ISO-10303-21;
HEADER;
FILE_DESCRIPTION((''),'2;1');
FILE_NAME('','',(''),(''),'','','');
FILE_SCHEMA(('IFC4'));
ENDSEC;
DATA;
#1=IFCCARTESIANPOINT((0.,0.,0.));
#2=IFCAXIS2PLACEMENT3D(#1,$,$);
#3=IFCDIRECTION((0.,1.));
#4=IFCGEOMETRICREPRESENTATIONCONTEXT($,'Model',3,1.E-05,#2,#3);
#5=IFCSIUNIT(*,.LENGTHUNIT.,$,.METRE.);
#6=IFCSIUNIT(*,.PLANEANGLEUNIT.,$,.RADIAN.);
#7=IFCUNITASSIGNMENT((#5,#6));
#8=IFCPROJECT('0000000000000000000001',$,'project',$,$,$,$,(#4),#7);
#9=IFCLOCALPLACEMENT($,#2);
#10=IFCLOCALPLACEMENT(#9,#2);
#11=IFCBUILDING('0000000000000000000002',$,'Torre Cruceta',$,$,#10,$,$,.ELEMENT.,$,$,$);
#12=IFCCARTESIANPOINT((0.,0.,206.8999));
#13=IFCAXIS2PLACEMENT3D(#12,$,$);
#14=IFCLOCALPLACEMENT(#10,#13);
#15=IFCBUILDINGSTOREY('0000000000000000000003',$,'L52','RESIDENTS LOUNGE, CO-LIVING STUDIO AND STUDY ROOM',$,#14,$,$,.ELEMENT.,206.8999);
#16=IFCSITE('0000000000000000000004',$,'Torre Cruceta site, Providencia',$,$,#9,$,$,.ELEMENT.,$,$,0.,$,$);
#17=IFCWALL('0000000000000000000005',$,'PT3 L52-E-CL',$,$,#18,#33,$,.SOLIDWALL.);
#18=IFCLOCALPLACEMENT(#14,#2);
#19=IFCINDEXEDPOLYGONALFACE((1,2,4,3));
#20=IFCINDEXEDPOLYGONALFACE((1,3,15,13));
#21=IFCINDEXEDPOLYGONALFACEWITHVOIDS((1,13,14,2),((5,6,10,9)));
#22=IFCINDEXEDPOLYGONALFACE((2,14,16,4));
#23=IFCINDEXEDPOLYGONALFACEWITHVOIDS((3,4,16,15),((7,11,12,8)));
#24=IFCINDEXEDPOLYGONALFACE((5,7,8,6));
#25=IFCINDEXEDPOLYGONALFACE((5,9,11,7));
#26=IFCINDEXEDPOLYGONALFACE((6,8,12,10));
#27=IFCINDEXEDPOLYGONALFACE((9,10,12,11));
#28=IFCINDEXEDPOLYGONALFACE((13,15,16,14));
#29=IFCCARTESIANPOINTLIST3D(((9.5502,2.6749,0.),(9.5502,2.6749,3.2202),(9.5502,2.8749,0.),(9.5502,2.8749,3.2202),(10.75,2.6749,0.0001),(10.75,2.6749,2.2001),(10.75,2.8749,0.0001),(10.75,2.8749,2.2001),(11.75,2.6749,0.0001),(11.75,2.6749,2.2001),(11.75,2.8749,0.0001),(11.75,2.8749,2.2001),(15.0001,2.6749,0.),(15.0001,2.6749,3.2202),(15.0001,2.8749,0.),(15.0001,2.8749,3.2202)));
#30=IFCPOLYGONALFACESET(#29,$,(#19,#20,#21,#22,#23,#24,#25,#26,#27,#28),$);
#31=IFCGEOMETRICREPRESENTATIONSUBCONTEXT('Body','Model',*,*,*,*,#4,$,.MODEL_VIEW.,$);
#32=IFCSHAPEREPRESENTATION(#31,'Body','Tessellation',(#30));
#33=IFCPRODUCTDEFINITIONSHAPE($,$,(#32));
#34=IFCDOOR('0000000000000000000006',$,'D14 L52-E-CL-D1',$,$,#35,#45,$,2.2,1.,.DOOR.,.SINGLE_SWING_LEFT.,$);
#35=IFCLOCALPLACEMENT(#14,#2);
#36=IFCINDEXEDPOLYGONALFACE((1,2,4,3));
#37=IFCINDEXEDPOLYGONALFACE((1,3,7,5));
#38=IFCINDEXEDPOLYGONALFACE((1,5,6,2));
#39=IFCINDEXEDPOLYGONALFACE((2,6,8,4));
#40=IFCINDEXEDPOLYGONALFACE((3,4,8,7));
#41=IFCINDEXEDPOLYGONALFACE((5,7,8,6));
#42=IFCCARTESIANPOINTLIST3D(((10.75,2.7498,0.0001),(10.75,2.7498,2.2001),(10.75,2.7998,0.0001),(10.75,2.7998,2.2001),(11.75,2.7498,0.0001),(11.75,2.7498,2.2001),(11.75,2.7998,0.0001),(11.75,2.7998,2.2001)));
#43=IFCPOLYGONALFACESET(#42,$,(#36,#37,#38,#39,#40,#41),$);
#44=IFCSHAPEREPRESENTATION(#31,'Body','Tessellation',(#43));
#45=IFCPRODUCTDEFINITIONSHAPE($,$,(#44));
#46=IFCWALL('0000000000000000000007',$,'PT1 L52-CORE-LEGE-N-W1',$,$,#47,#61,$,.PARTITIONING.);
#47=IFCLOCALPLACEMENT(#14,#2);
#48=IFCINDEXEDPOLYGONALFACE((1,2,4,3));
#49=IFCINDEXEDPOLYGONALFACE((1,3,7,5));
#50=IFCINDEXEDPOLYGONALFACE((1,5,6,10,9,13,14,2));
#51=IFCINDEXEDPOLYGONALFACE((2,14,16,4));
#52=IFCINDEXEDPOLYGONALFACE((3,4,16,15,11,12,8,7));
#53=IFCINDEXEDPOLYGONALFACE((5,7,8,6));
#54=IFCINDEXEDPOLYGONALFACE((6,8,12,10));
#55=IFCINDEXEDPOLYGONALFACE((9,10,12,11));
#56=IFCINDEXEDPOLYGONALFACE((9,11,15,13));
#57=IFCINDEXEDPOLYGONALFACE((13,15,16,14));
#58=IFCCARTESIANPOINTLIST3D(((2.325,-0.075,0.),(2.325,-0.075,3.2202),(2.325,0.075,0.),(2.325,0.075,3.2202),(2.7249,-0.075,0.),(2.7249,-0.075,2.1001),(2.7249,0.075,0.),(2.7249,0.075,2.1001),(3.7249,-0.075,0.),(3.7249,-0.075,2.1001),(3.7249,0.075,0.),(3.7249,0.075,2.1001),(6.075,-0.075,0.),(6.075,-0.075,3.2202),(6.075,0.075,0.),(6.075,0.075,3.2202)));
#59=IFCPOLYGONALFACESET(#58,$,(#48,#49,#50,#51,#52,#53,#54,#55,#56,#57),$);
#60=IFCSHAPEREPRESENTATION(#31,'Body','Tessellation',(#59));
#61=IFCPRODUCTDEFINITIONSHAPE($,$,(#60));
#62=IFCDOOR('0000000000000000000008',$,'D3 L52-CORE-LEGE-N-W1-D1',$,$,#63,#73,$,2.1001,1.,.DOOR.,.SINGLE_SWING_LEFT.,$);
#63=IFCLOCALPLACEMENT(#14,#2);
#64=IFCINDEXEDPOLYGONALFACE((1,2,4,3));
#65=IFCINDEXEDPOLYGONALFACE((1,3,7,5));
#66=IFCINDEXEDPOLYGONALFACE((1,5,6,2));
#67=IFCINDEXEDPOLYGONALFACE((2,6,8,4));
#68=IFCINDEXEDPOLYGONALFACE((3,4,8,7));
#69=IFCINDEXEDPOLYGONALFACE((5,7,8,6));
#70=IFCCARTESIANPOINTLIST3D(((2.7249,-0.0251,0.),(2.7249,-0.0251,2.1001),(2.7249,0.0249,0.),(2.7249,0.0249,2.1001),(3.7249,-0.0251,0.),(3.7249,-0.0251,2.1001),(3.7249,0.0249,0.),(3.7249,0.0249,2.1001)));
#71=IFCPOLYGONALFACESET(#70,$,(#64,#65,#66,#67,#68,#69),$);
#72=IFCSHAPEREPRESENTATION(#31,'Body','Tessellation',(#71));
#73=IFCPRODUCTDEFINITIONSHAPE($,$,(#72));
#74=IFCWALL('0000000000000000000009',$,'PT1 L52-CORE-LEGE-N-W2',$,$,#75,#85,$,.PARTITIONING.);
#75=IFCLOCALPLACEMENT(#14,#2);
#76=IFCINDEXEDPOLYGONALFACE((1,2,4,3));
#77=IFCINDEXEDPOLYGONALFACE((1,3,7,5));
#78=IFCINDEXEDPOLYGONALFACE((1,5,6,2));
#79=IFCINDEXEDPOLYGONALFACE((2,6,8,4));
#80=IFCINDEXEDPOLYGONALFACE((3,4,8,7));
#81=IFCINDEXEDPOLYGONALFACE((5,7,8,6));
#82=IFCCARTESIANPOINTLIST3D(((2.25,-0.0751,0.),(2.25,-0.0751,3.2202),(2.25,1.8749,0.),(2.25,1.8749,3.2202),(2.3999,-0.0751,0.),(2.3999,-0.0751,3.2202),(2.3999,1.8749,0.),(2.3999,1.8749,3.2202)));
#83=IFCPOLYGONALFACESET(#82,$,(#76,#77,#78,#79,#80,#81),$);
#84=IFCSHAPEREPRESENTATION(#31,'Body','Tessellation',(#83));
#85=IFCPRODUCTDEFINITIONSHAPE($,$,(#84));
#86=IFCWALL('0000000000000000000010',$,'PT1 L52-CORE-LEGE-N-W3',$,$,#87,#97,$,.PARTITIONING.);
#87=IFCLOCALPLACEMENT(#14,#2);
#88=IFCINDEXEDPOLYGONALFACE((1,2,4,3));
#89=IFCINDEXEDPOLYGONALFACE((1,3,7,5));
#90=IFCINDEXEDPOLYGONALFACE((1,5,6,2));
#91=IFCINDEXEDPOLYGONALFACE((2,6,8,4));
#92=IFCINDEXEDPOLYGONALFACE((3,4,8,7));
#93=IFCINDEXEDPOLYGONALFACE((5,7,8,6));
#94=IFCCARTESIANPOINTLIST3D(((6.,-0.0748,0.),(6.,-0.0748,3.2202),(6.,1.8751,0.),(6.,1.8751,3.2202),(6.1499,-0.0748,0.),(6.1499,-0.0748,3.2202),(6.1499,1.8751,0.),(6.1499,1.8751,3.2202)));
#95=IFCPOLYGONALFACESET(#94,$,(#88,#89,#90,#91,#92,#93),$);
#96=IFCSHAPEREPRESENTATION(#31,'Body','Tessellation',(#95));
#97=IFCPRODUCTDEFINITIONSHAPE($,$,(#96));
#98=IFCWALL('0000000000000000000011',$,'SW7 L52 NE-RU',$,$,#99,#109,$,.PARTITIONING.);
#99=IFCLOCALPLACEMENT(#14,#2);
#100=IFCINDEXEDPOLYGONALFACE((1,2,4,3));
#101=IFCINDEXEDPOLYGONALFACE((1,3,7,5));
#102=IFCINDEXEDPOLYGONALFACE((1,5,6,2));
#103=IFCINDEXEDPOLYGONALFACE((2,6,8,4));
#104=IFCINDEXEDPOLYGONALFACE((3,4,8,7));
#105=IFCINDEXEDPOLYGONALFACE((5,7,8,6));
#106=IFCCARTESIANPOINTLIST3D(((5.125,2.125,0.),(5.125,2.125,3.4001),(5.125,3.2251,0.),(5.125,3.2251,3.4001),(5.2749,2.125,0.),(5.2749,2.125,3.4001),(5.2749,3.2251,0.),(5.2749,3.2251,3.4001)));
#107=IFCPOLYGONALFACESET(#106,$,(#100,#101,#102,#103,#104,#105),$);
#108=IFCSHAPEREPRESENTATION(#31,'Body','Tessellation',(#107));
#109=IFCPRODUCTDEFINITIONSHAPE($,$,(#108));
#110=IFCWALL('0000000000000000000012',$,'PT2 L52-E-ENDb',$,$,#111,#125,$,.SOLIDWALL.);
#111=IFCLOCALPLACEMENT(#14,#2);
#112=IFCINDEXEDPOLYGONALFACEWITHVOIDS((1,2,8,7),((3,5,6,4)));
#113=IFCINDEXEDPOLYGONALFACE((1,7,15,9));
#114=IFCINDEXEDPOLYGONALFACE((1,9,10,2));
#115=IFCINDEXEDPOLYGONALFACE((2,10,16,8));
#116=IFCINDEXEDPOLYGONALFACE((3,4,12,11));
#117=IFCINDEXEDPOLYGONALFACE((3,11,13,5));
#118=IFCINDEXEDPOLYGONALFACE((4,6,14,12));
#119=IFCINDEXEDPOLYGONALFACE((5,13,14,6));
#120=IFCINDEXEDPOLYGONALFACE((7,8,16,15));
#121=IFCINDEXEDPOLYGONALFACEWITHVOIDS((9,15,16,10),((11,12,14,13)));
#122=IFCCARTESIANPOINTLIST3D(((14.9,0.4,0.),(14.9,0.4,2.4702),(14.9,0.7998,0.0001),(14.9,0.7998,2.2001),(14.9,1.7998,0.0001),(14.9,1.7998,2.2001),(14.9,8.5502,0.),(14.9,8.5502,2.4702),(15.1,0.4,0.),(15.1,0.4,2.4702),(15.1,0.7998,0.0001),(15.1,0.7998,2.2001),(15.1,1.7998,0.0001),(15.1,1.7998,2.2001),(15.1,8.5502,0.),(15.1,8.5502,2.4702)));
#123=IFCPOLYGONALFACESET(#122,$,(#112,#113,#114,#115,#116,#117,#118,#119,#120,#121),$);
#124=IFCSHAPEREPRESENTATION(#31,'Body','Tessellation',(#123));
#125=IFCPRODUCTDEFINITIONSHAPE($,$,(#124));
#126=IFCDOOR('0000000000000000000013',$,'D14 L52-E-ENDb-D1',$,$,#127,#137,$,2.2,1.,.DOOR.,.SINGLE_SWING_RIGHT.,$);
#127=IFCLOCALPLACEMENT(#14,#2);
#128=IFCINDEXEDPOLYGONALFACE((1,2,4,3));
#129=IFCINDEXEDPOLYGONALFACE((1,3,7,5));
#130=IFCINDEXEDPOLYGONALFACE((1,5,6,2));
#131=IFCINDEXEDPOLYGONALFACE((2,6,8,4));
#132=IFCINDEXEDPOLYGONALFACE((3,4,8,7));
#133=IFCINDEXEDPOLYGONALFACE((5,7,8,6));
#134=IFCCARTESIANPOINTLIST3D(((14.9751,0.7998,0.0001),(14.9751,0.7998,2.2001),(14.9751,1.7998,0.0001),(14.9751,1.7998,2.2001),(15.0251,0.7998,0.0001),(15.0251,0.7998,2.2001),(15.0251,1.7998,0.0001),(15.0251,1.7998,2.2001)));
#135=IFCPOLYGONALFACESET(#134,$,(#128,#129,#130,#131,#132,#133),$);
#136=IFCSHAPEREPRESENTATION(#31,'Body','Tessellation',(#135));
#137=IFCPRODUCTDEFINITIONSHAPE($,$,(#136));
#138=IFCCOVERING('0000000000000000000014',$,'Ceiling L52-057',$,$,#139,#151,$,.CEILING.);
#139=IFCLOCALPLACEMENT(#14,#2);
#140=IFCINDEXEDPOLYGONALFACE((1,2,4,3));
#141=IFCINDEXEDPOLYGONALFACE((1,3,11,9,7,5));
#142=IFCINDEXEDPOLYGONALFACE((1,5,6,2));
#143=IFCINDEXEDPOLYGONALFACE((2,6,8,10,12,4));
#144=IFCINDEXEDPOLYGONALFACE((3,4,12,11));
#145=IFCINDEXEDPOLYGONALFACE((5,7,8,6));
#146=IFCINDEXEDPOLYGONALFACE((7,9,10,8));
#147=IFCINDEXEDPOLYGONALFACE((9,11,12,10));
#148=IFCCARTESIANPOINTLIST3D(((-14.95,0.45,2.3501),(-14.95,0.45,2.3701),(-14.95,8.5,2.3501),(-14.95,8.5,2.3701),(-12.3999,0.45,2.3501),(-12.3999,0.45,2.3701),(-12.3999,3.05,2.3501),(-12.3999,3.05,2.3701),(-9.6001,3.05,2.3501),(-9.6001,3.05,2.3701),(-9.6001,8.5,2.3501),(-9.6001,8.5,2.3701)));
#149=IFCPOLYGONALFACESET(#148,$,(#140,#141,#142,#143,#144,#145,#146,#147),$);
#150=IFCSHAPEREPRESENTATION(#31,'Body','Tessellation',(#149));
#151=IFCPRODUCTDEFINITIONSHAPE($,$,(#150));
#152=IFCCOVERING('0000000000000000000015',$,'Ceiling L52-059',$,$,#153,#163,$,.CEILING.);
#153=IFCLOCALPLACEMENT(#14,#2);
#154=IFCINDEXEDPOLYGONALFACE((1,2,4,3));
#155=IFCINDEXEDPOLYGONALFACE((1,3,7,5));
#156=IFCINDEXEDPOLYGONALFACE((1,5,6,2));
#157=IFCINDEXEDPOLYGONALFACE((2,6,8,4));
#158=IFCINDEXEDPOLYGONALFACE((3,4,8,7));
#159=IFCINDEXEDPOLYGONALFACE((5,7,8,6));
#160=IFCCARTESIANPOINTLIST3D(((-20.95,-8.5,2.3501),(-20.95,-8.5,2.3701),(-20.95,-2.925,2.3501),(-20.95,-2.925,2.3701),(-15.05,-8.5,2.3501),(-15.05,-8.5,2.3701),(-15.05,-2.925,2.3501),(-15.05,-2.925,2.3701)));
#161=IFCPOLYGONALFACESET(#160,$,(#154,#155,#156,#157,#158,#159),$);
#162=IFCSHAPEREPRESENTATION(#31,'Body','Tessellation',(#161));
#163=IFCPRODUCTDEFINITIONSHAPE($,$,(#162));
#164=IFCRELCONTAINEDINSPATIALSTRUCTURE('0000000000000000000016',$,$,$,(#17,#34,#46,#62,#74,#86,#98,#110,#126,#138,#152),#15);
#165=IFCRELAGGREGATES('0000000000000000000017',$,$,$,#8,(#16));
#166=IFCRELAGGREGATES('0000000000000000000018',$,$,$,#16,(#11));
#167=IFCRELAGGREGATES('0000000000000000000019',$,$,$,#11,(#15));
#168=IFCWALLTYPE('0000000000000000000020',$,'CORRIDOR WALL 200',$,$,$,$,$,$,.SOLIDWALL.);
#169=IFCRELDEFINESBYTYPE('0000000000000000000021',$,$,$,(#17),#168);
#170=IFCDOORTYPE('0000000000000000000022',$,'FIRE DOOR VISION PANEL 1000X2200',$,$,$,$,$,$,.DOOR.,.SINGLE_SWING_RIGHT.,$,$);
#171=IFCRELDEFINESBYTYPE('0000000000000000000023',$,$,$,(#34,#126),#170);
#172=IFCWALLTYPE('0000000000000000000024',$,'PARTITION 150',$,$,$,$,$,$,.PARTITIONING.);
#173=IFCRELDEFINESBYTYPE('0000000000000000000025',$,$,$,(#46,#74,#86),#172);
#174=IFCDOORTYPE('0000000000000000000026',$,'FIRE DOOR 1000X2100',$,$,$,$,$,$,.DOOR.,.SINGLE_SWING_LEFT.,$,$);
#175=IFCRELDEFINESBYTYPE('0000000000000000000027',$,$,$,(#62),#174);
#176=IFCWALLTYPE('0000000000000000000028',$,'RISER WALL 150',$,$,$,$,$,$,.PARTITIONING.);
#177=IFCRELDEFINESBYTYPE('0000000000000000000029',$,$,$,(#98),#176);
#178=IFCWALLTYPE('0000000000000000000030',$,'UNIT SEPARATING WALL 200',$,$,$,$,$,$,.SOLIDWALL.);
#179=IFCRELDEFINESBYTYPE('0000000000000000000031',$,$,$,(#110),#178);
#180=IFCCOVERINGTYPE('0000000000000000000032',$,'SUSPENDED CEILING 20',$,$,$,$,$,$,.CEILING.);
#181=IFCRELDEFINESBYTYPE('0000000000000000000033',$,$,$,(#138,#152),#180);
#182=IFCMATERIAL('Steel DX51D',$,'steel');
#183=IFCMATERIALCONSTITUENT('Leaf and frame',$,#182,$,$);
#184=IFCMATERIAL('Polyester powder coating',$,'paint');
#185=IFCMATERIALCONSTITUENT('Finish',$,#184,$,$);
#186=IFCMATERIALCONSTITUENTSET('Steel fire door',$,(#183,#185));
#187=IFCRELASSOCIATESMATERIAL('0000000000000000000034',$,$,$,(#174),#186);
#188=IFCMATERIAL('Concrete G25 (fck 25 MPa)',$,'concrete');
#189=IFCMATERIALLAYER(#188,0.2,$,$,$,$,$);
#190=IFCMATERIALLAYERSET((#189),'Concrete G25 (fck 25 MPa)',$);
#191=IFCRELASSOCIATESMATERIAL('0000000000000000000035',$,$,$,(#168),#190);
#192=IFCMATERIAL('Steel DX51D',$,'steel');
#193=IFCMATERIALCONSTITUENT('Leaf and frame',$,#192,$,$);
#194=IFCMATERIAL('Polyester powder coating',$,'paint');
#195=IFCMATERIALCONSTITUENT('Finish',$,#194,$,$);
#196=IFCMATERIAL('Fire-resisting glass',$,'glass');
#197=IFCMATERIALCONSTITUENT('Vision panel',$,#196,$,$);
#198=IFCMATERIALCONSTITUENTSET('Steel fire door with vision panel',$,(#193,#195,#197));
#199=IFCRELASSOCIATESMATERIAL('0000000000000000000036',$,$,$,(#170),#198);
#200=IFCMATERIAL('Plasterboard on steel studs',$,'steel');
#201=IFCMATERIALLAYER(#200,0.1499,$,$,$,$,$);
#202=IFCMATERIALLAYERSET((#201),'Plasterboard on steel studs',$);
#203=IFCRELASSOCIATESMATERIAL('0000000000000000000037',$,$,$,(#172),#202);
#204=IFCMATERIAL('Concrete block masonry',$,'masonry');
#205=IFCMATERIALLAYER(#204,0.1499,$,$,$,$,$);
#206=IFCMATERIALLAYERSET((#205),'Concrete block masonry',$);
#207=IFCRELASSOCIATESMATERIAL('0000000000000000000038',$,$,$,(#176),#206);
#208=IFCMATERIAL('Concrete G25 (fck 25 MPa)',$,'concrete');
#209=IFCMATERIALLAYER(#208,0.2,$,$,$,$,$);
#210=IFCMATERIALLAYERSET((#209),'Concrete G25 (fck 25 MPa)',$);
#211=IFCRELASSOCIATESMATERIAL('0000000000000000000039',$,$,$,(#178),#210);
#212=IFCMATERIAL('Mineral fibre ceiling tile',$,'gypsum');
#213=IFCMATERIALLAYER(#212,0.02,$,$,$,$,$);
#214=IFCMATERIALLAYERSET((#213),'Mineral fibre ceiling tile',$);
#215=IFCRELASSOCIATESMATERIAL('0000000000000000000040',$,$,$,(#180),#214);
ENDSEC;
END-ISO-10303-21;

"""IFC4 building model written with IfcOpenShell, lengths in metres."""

from ifc_helpers import new_model, si_unit, direction, frame, frame_2d, origin, place, context, subcontext, project, spatial, polyline, rectangle, outline, extrude, material, layer, layer_set, constituent, constituent_set, type_object, element, fill, save


model = new_model("IFC4")

# Units and contexts
model_context = context("Model", 3, precision=1e-05, world=origin(), true_north=direction((0.0, 1.0)))
body_context = subcontext(model_context, "Body", "Model", "MODEL_VIEW")
ifc_project = project(units=[si_unit("LENGTHUNIT", "METRE"), si_unit("PLANEANGLEUNIT", "RADIAN")], contexts=[model_context])

# Site, building, storey
site_placement = place(None, origin())
site = spatial("IfcSite", under=ifc_project, at=site_placement, Name="Torre Cruceta site, Providencia", CompositionType="ELEMENT", RefElevation=0.0)
building_placement = place(site_placement, origin())
building = spatial("IfcBuilding", under=site, at=building_placement, Name="Torre Cruceta", CompositionType="ELEMENT")
storey_placement = place(building_placement, frame((0.0, 0.0, 206.8999)))
storey = spatial("IfcBuildingStorey", under=building, at=storey_placement, Name="L52", Description="RESIDENTS LOUNGE, CO-LIVING STUDIO AND STUDY ROOM", CompositionType="ELEMENT", Elevation=206.8999)

# Shared definitions
ifc_material_1 = material(Name="Steel DX51D", Category="steel")
ifc_constituent_1 = constituent(ifc_material_1, Name="Leaf and frame")
ifc_material_2 = material(Name="Polyester powder coating", Category="paint")
ifc_constituent_2 = constituent(ifc_material_2, Name="Finish")
ifc_constituent_set_1 = constituent_set(constituents=[ifc_constituent_1, ifc_constituent_2], Name="Steel fire door")
door_type_1 = type_object("IfcDoorType", Name="FIRE DOOR 1000X2100", OperationType="SINGLE_SWING_LEFT", PredefinedType="DOOR", material=ifc_constituent_set_1)

# Walls, openings, doors
ifc_material_3 = material(Name="Concrete G25 (fck 25 MPa)", Category="concrete")
ifc_layer_1 = layer(ifc_material_3, 0.2)
ifc_layer_set_1 = layer_set([ifc_layer_1], Name="Concrete G25 (fck 25 MPa)")
wall_type_1 = type_object("IfcWallType", Name="CORRIDOR WALL 200", PredefinedType="SOLIDWALL", material=ifc_layer_set_1)
wall_1_placement = place(storey_placement, frame((9.55, 2.7749, 0.0), z_axis=(0.0, 0.0, 1.0), x_axis=(1.0, 0.0, 0.0)))
wall_1 = element("IfcWall", 1, at=wall_1_placement, inside=storey, type_object=wall_type_1, Name="PT3 L52-E-CL", PredefinedType="SOLIDWALL", context=body_context, shape_type="SweptSolid", body=[
    extrude(rectangle(XDim=5.45, YDim=0.2, at=frame_2d((2.7251, 0.0))), origin(), (0.0, 0.0, 1.0), 3.2202),
])
opening_1_placement = place(wall_1_placement, frame((1.2, 0.0, 0.0)))
opening_1 = element("IfcOpeningElement", 2, at=opening_1_placement, cuts=wall_1, PredefinedType="OPENING", context=body_context, shape_type="SweptSolid", body=[
    extrude(rectangle(XDim=1.0, YDim=2.2, at=frame_2d((0.5, 1.1001))), frame((0.0, 0.1099, 0.0), z_axis=(0.0, -1.0, 0.0), x_axis=(1.0, 0.0, 0.0)), (0.0, 0.0, 1.0), 0.22),
])
ifc_material_4 = material(Name="Steel DX51D", Category="steel")
ifc_constituent_3 = constituent(ifc_material_4, Name="Leaf and frame")
ifc_material_5 = material(Name="Polyester powder coating", Category="paint")
ifc_constituent_4 = constituent(ifc_material_5, Name="Finish")
ifc_material_6 = material(Name="Fire-resisting glass", Category="glass")
ifc_constituent_5 = constituent(ifc_material_6, Name="Vision panel")
ifc_constituent_set_2 = constituent_set(constituents=[ifc_constituent_3, ifc_constituent_4, ifc_constituent_5], Name="Steel fire door with vision panel")
door_type_2 = type_object("IfcDoorType", Name="FIRE DOOR VISION PANEL 1000X2200", OperationType="SINGLE_SWING_RIGHT", PredefinedType="DOOR", material=ifc_constituent_set_2)
door_1_placement = place(opening_1_placement, origin())
door_1 = element("IfcDoor", 3, at=door_1_placement, inside=storey, type_object=door_type_2, Name="D14 L52-E-CL-D1", OperationType="SINGLE_SWING_LEFT", OverallHeight=2.2, OverallWidth=1.0, PredefinedType="DOOR", context=body_context, shape_type="SweptSolid", body=[
    extrude(rectangle(XDim=1.0, YDim=2.2, at=frame_2d((0.5, 1.1001))), frame((0.0, 0.0249, 0.0), z_axis=(0.0, -1.0, 0.0), x_axis=(1.0, 0.0, 0.0)), (0.0, 0.0, 1.0), 0.05),
])
fill(opening_1, door_1)
ifc_material_7 = material(Name="Plasterboard on steel studs", Category="steel")
ifc_layer_2 = layer(ifc_material_7, 0.1499)
ifc_layer_set_2 = layer_set([ifc_layer_2], Name="Plasterboard on steel studs")
wall_type_2 = type_object("IfcWallType", Name="PARTITION 150", PredefinedType="PARTITIONING", material=ifc_layer_set_2)
wall_2_placement = place(storey_placement, frame((2.325, 0.0, 0.0), z_axis=(0.0, 0.0, 1.0), x_axis=(1.0, 0.0, 0.0)))
wall_2 = element("IfcWall", 4, at=wall_2_placement, inside=storey, type_object=wall_type_2, Name="PT1 L52-CORE-LEGE-N-W1", PredefinedType="PARTITIONING", context=body_context, shape_type="SweptSolid", body=[
    extrude(rectangle(XDim=3.75, YDim=0.1499, at=frame_2d((1.875, 0.0))), origin(), (0.0, 0.0, 1.0), 3.2202),
])
opening_2_placement = place(wall_2_placement, frame((0.3999, 0.0, 0.0)))
opening_2 = element("IfcOpeningElement", 5, at=opening_2_placement, cuts=wall_2, PredefinedType="OPENING", context=body_context, shape_type="SweptSolid", body=[
    extrude(rectangle(XDim=1.0, YDim=2.1001, at=frame_2d((0.5, 1.05))), frame((0.0, 0.085, 0.0), z_axis=(0.0, -1.0, 0.0), x_axis=(1.0, 0.0, 0.0)), (0.0, 0.0, 1.0), 0.1699),
])
door_2_placement = place(opening_2_placement, origin())
door_2 = element("IfcDoor", 6, at=door_2_placement, inside=storey, type_object=door_type_1, Name="D3 L52-CORE-LEGE-N-W1-D1", OperationType="SINGLE_SWING_LEFT", OverallHeight=2.1001, OverallWidth=1.0, PredefinedType="DOOR", context=body_context, shape_type="SweptSolid", body=[
    extrude(rectangle(XDim=1.0, YDim=2.1001, at=frame_2d((0.5, 1.05))), frame((0.0, 0.0249, 0.0), z_axis=(0.0, -1.0, 0.0), x_axis=(1.0, 0.0, 0.0)), (0.0, 0.0, 1.0), 0.05),
])
fill(opening_2, door_2)

# Walls
for number, where, z_axis, x_axis, name in (
    (7, (2.325, 1.875, 0.0), (0.0, 0.0, 1.0), (0.0, -1.0, 0.0), "PT1 L52-CORE-LEGE-N-W2"),
    (8, (6.075, -0.075, 0.0), (0.0, 0.0, 1.0), (0.0, 1.0, 0.0), "PT1 L52-CORE-LEGE-N-W3"),
):
    element("IfcWall", number, at=place(storey_placement, frame(where, z_axis=z_axis, x_axis=x_axis)), inside=storey, type_object=wall_type_2, Name=name, PredefinedType="PARTITIONING", context=body_context, shape_type="SweptSolid", body=[
        extrude(rectangle(XDim=1.95, YDim=0.1499, at=frame_2d((0.9751, 0.0))), origin(), (0.0, 0.0, 1.0), 3.2202),
    ])
ifc_material_8 = material(Name="Concrete block masonry", Category="masonry")
ifc_layer_3 = layer(ifc_material_8, 0.1499)
ifc_layer_set_3 = layer_set([ifc_layer_3], Name="Concrete block masonry")
wall_type_3 = type_object("IfcWallType", Name="RISER WALL 150", PredefinedType="PARTITIONING", material=ifc_layer_set_3)
wall_3_placement = place(storey_placement, frame((5.2, 2.125, 0.0), z_axis=(0.0, 0.0, 1.0), x_axis=(0.0, 1.0, 0.0)))
element("IfcWall", 9, at=wall_3_placement, inside=storey, type_object=wall_type_3, Name="SW7 L52 NE-RU", PredefinedType="PARTITIONING", context=body_context, shape_type="SweptSolid", body=[
    extrude(rectangle(XDim=1.1001, YDim=0.1499, at=frame_2d((0.55, 0.0))), origin(), (0.0, 0.0, 1.0), 3.4001),
])

# Wall, opening, door
ifc_material_9 = material(Name="Concrete G25 (fck 25 MPa)", Category="concrete")
ifc_layer_4 = layer(ifc_material_9, 0.2)
ifc_layer_set_4 = layer_set([ifc_layer_4], Name="Concrete G25 (fck 25 MPa)")
wall_type_4 = type_object("IfcWallType", Name="UNIT SEPARATING WALL 200", PredefinedType="SOLIDWALL", material=ifc_layer_set_4)
wall_4_placement = place(storey_placement, frame((15.0, 0.3999, 0.0), z_axis=(0.0, 0.0, 1.0), x_axis=(0.0, 1.0, 0.0)))
wall_4 = element("IfcWall", 10, at=wall_4_placement, inside=storey, type_object=wall_type_4, Name="PT2 L52-E-ENDb", PredefinedType="SOLIDWALL", context=body_context, shape_type="SweptSolid", body=[
    extrude(rectangle(XDim=8.1501, YDim=0.2, at=frame_2d((4.0752, 0.0))), origin(), (0.0, 0.0, 1.0), 2.4702),
])
opening_3_placement = place(wall_4_placement, frame((0.3999, 0.0, 0.0)))
opening_3 = element("IfcOpeningElement", 11, at=opening_3_placement, cuts=wall_4, PredefinedType="OPENING", context=body_context, shape_type="SweptSolid", body=[
    extrude(rectangle(XDim=1.0, YDim=2.2, at=frame_2d((0.5, 1.1001))), frame((0.0, 0.1099, 0.0), z_axis=(0.0, -1.0, 0.0), x_axis=(1.0, 0.0, 0.0)), (0.0, 0.0, 1.0), 0.22),
])
door_3_placement = place(opening_3_placement, frame((1.0, 0.0, 0.0), z_axis=(0.0, 0.0, 1.0), x_axis=(-1.0, 0.0, 0.0)))
door_3 = element("IfcDoor", 12, at=door_3_placement, inside=storey, type_object=door_type_2, Name="D14 L52-E-ENDb-D1", OperationType="SINGLE_SWING_RIGHT", OverallHeight=2.2, OverallWidth=1.0, PredefinedType="DOOR", context=body_context, shape_type="SweptSolid", body=[
    extrude(rectangle(XDim=1.0, YDim=2.2, at=frame_2d((0.5, 1.1001))), frame((0.0, 0.0251, 0.0), z_axis=(0.0, -1.0, 0.0), x_axis=(1.0, 0.0, 0.0)), (0.0, 0.0, 1.0), 0.05),
])
fill(opening_3, door_3)

# Coverings
ifc_material_10 = material(Name="Mineral fibre ceiling tile", Category="gypsum")
ifc_layer_5 = layer(ifc_material_10, 0.02)
ifc_layer_set_5 = layer_set([ifc_layer_5], Name="Mineral fibre ceiling tile")
covering_type = type_object("IfcCoveringType", Name="SUSPENDED CEILING 20", PredefinedType="CEILING", material=ifc_layer_set_5)
covering_1_placement = place(storey_placement, frame((0.0, 0.0, 2.3501)))
element("IfcCovering", 13, at=covering_1_placement, inside=storey, type_object=covering_type, Name="Ceiling L52-057", PredefinedType="CEILING", context=body_context, shape_type="SweptSolid", body=[
    extrude(outline(polyline([(-14.95, 0.45), (-14.95, 8.5), (-9.6001, 8.5), (-9.6001, 3.05), (-12.3999, 3.05), (-12.3999, 0.45), (-14.95, 0.45)])), origin(), (0.0, 0.0, 1.0), 0.02),
])
covering_2_placement = place(storey_placement, frame((0.0, 0.0, 2.3501)))
element("IfcCovering", 14, at=covering_2_placement, inside=storey, type_object=covering_type, Name="Ceiling L52-059", PredefinedType="CEILING", context=body_context, shape_type="SweptSolid", body=[
    extrude(outline(polyline([(-15.05, -2.925), (-15.05, -8.5), (-20.95, -8.5), (-20.95, -2.925), (-15.05, -2.925)])), origin(), (0.0, 0.0, 1.0), 0.02),
])

save(model, "model.ifc")
